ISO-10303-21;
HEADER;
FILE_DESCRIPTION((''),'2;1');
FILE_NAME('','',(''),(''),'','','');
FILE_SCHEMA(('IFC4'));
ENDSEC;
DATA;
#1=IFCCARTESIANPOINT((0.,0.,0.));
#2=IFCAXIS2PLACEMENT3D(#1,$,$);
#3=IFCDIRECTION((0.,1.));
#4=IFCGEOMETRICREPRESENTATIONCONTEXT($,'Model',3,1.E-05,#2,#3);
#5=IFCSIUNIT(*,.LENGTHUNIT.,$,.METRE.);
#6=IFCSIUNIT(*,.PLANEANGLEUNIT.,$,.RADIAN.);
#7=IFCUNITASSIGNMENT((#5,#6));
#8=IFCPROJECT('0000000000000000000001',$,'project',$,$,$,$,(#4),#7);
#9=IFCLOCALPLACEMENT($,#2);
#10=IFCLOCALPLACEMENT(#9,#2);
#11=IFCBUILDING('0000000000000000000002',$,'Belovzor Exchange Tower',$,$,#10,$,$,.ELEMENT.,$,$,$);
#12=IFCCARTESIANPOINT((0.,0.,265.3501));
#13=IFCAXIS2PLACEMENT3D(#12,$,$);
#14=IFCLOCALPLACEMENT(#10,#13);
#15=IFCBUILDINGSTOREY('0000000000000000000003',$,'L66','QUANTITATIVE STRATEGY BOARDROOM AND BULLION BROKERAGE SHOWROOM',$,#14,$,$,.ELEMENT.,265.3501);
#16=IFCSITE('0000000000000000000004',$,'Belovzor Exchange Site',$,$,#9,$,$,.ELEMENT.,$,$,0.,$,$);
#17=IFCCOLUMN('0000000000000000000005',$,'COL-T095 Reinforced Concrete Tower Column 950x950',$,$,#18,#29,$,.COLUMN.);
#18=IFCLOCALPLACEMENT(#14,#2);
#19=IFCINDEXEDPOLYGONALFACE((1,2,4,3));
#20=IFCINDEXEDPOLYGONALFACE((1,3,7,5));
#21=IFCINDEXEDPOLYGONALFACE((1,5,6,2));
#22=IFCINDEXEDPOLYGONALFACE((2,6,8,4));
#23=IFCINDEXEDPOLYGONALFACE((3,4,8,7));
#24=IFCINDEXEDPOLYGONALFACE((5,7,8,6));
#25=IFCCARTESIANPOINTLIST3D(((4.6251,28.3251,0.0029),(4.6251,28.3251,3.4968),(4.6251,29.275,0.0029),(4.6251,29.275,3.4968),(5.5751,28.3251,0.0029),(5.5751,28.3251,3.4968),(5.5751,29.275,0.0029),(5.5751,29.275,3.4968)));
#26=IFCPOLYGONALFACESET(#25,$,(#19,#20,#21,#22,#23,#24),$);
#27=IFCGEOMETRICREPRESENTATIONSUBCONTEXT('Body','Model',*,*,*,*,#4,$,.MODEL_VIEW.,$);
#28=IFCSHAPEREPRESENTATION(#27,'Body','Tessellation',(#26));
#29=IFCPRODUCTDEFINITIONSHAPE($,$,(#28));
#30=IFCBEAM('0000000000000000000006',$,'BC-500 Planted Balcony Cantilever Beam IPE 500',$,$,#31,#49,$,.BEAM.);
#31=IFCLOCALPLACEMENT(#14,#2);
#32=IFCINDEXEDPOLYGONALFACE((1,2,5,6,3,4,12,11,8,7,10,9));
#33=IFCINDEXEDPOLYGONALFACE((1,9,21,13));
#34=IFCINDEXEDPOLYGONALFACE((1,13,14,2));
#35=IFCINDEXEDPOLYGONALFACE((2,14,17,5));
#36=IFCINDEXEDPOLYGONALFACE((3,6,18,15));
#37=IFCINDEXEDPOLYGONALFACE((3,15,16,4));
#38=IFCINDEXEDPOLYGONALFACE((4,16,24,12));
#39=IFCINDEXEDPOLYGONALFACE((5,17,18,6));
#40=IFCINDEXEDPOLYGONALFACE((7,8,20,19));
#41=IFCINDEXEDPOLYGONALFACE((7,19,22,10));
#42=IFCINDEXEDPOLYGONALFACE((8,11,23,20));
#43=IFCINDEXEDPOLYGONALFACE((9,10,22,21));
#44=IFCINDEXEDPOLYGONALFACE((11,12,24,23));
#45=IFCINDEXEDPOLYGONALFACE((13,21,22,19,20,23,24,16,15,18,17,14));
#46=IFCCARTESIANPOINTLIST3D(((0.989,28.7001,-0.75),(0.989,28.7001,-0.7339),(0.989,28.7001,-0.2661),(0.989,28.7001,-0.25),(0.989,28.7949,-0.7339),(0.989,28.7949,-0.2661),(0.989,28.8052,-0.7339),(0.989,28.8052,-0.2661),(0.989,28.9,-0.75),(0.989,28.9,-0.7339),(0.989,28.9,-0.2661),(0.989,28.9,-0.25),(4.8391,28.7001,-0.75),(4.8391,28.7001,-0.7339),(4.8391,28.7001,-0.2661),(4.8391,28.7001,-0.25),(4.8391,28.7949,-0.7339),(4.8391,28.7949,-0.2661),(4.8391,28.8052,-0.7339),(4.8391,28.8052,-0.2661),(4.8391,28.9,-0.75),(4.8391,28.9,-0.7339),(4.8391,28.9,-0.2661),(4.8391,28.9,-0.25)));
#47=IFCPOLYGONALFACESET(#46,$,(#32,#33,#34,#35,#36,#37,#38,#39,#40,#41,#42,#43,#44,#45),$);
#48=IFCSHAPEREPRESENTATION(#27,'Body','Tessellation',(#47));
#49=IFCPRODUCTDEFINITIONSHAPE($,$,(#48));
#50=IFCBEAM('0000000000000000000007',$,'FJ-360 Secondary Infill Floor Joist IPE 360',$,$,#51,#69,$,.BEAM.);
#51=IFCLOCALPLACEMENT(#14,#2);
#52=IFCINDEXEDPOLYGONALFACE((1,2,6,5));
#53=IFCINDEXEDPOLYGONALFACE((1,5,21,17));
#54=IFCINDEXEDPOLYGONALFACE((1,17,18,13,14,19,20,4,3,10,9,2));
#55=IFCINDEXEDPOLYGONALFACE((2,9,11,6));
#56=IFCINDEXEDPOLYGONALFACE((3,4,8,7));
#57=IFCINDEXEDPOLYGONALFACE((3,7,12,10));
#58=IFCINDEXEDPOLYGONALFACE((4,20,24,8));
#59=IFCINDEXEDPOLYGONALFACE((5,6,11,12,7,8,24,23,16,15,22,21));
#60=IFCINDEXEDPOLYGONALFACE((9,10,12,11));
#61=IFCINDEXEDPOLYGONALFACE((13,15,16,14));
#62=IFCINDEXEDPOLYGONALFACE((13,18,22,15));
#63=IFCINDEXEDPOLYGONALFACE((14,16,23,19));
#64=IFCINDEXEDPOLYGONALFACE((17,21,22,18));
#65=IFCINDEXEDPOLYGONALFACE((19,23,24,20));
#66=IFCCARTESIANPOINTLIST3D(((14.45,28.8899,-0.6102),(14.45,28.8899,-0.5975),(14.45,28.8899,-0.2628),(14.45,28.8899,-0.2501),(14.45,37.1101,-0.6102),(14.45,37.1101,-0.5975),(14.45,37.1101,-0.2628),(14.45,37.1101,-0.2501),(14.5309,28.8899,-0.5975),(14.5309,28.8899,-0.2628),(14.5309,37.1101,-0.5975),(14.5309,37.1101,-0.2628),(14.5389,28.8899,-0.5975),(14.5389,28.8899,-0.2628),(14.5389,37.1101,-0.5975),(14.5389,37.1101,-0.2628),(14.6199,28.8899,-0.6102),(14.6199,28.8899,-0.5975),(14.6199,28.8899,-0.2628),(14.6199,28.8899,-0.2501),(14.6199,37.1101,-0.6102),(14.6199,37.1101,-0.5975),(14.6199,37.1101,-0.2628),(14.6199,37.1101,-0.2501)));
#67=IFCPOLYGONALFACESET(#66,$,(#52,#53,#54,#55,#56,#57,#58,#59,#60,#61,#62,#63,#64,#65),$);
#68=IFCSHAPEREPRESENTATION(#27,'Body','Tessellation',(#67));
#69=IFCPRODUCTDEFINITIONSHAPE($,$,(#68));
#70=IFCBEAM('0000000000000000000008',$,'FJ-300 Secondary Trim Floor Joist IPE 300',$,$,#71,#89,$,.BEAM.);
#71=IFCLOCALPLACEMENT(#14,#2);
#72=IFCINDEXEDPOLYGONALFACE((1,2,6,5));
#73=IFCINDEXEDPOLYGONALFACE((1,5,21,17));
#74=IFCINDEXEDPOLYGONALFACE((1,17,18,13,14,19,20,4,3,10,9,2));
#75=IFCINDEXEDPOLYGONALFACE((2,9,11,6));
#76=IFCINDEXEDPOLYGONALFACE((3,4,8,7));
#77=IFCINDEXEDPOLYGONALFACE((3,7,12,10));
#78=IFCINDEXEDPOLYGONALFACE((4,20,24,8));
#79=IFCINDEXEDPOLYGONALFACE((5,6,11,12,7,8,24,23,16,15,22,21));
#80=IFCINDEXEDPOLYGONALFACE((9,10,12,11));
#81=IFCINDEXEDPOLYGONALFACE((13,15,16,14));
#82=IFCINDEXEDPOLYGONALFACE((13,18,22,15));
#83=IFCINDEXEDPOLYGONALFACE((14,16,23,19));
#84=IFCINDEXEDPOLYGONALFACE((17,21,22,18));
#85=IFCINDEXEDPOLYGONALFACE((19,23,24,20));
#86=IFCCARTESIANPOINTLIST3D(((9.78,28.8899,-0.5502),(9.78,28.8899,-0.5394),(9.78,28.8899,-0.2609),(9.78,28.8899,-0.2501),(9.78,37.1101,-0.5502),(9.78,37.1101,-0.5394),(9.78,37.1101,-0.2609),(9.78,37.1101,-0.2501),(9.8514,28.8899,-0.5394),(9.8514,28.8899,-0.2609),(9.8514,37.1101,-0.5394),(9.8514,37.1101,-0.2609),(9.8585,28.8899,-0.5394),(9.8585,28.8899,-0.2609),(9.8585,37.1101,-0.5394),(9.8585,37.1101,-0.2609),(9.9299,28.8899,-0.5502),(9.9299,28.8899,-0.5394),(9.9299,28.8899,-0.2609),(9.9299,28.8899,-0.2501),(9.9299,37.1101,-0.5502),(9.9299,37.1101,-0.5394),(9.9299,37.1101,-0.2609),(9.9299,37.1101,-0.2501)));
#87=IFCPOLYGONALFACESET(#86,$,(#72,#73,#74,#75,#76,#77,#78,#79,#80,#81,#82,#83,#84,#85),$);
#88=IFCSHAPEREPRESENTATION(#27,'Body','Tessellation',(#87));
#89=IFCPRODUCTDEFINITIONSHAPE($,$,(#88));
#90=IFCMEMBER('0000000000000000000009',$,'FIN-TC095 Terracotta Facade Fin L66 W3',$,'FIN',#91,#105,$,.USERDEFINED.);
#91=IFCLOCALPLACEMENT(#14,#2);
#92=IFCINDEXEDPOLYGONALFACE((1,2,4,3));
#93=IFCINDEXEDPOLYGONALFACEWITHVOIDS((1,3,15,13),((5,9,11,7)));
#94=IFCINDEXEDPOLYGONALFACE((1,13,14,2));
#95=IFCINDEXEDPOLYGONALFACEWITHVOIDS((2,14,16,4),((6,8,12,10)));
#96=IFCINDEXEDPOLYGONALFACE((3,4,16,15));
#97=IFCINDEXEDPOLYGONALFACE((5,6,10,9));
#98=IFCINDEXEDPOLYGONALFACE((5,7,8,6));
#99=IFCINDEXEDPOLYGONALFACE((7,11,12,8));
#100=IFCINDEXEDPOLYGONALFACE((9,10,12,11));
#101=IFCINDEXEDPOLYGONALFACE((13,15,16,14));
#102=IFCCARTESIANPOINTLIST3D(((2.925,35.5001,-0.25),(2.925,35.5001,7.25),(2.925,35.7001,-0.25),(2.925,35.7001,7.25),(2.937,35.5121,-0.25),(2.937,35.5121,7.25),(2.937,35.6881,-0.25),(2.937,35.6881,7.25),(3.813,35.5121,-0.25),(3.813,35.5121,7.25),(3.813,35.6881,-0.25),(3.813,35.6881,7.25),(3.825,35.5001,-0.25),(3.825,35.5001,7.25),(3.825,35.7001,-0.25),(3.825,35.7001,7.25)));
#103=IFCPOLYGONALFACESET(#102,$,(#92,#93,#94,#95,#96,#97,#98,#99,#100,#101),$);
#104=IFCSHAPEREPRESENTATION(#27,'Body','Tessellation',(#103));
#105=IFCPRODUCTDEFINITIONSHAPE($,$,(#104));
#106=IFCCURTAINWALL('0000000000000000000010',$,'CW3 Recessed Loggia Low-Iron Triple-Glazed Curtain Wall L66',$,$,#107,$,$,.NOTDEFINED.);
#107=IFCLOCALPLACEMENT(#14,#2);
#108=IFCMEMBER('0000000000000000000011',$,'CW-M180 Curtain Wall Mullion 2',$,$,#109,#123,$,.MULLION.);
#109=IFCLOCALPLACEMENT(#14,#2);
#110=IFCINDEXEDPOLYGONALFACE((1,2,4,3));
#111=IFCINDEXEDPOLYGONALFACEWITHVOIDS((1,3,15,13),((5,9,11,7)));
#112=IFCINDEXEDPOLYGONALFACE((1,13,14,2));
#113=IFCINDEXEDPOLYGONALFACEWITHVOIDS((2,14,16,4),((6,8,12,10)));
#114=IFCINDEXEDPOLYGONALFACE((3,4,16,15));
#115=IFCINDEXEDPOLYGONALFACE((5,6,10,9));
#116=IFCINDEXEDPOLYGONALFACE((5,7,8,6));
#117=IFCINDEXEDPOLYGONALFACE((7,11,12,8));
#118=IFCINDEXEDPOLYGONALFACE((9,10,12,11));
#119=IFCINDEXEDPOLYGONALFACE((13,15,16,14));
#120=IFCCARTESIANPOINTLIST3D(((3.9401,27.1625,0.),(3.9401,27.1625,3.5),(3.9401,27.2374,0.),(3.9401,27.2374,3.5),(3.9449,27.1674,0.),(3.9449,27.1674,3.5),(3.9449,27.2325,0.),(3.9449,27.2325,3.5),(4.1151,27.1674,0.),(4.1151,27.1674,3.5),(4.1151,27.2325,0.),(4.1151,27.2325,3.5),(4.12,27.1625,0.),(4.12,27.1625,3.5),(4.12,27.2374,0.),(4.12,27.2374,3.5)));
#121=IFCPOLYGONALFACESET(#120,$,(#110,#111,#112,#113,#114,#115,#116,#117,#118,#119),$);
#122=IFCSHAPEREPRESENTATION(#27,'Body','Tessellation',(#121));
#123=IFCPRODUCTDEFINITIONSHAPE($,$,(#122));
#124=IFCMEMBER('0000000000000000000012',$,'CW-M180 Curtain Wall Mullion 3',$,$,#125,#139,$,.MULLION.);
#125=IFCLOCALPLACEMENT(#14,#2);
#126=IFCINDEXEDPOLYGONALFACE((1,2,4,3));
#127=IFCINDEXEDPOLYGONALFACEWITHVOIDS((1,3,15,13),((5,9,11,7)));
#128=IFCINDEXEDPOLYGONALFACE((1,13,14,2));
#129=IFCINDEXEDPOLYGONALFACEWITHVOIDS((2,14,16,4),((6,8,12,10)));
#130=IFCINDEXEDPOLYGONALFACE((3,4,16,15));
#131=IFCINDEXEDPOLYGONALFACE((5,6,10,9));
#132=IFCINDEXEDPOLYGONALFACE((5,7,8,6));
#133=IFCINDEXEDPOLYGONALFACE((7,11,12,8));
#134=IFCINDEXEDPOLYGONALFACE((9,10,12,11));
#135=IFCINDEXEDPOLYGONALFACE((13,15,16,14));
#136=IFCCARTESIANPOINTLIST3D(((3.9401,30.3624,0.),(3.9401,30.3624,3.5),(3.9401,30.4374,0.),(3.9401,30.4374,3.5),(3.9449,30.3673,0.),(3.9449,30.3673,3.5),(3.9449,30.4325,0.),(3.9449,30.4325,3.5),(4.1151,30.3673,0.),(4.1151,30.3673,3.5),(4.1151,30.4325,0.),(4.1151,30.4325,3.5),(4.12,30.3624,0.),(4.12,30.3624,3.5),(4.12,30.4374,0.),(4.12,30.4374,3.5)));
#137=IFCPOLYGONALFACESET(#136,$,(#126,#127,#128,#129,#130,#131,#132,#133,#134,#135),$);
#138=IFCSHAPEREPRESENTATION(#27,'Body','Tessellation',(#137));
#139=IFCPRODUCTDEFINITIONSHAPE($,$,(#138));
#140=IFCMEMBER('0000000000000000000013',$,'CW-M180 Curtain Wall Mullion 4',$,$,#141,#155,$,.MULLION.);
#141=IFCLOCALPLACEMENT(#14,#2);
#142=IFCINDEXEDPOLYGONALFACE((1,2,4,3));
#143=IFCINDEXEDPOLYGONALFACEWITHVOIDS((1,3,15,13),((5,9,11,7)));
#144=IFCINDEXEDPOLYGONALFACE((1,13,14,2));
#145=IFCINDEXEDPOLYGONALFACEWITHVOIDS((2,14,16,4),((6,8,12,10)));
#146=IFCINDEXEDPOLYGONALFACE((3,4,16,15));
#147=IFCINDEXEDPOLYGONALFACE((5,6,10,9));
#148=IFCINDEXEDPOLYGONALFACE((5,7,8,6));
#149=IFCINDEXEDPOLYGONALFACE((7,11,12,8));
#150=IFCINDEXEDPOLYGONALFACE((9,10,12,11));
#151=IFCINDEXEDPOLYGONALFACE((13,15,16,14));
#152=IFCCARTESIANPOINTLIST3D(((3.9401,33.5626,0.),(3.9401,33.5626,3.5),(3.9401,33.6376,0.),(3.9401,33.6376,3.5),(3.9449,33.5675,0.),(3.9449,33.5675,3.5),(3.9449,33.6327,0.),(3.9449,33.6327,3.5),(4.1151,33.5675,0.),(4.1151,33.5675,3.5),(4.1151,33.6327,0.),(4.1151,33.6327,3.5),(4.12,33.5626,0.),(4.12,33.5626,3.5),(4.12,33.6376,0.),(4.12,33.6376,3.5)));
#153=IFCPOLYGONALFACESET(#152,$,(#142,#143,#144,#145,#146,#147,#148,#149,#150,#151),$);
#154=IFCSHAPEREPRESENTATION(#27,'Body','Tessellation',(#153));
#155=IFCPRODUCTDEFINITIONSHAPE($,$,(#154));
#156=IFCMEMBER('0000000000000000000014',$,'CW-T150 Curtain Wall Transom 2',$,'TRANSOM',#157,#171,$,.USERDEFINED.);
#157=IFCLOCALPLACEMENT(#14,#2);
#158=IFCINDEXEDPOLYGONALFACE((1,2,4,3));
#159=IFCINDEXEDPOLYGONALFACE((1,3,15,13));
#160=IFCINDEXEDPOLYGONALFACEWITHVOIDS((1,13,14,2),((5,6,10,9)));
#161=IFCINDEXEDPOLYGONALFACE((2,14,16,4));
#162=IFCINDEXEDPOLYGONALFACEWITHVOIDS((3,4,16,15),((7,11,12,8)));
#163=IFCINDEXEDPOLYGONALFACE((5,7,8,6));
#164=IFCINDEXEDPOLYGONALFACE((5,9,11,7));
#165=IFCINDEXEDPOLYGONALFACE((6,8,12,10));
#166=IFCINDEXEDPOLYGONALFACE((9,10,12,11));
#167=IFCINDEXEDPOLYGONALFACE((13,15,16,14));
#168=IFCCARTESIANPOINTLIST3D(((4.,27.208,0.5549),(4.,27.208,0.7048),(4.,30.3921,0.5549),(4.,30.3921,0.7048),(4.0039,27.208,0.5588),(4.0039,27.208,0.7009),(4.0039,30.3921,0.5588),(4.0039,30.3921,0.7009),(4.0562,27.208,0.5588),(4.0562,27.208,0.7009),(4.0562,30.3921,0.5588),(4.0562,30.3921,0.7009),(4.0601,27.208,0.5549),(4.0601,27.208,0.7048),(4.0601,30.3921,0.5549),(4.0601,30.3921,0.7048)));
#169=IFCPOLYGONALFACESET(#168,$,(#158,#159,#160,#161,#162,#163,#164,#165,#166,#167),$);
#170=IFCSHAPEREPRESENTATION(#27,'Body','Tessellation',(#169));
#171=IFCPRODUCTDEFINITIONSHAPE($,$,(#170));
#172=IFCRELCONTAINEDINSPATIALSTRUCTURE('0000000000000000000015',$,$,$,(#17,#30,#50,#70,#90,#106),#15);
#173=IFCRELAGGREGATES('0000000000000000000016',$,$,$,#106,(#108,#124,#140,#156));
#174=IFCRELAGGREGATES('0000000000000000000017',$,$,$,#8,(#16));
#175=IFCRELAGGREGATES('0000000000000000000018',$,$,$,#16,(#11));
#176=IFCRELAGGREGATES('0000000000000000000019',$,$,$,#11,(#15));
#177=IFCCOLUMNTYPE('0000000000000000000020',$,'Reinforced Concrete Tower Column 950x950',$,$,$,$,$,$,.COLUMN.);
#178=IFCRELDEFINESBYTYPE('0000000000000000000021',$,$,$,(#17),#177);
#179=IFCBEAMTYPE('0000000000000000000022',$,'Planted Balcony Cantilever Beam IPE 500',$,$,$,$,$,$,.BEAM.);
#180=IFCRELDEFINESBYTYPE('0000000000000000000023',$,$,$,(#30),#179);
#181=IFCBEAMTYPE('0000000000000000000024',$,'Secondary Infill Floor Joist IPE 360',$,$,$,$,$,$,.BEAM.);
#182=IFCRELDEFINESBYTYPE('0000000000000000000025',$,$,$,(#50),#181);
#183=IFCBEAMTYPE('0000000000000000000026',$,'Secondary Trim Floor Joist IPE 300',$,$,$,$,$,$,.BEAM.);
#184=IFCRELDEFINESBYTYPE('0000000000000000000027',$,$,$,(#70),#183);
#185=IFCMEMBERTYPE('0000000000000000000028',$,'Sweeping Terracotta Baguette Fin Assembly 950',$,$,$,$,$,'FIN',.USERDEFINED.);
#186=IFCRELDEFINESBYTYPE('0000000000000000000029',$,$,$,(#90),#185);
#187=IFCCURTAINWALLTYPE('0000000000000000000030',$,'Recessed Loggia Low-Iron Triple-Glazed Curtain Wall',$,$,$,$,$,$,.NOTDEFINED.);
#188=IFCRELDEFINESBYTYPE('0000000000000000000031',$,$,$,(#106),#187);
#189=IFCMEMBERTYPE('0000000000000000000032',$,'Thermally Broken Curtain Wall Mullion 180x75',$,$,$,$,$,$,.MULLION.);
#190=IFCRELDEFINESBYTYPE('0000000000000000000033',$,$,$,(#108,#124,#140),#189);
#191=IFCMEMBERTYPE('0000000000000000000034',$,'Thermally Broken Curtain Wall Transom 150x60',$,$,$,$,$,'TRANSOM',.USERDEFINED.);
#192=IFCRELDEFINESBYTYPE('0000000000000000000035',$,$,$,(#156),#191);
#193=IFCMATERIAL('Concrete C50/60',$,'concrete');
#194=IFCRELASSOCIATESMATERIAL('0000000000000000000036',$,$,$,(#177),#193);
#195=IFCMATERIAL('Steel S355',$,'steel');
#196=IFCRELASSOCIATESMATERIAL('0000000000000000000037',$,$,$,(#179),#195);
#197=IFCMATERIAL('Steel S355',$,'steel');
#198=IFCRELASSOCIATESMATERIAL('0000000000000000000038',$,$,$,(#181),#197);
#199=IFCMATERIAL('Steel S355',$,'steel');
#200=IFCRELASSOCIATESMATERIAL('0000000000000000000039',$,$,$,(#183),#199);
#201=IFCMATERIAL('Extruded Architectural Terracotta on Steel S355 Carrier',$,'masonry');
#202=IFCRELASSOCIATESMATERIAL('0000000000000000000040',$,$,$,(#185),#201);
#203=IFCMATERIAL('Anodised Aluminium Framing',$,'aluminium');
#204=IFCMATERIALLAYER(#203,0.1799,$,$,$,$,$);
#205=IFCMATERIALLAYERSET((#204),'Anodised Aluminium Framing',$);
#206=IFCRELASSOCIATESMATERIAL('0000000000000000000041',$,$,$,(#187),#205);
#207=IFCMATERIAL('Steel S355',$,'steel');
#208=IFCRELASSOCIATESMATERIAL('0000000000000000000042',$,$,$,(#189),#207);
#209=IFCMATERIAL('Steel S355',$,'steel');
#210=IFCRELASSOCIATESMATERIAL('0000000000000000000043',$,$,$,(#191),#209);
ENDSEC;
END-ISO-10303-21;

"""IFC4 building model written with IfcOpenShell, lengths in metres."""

from ifc_helpers import new_model, si_unit, direction, frame, origin, origin_2d, place, context, subcontext, project, spatial, rectangle, hollow_rectangle, i_section, extrude, material, layer, layer_set, material_profile, profile_set, type_object, element, aggregate, save


model = new_model("IFC4")

# Units and contexts
model_context = context("Model", 3, precision=1e-05, world=origin(), true_north=direction((0.0, 1.0)))
body_context = subcontext(model_context, "Body", "Model", "MODEL_VIEW")
ifc_project = project(units=[si_unit("LENGTHUNIT", "METRE"), si_unit("PLANEANGLEUNIT", "RADIAN")], contexts=[model_context])

# Site, building, storey
site_placement = place(None, origin())
site = spatial("IfcSite", under=ifc_project, at=site_placement, Name="Belovzor Exchange Site", CompositionType="ELEMENT", RefElevation=0.0)
building_placement = place(site_placement, origin())
building = spatial("IfcBuilding", under=site, at=building_placement, Name="Belovzor Exchange Tower", CompositionType="ELEMENT")
storey_placement = place(building_placement, frame((0.0, 0.0, 265.3501)))
storey = spatial("IfcBuildingStorey", under=building, at=storey_placement, Name="L66", Description="QUANTITATIVE STRATEGY BOARDROOM AND BULLION BROKERAGE SHOWROOM", CompositionType="ELEMENT", Elevation=265.3501)

# Column
ifc_material_1 = material(Name="Concrete C50/60", Category="concrete")
ifc_material_profile_1 = material_profile(ifc_material_1, rectangle(XDim=0.95, YDim=0.95, at=origin_2d()))
ifc_profile_set_1 = profile_set([ifc_material_profile_1], Name="Concrete C50/60")
column_type = type_object("IfcColumnType", Name="Reinforced Concrete Tower Column 950x950", PredefinedType="COLUMN", material=ifc_profile_set_1)
column_placement = place(storey_placement, frame((5.1001, 28.8, 0.0029), z_axis=(0.0, 0.0, 1.0), x_axis=(1.0, 0.0, 0.0)))
element("IfcColumn", 1, at=column_placement, inside=storey, type_object=column_type, Name="COL-T095 Reinforced Concrete Tower Column 950x950", PredefinedType="COLUMN", context=body_context, shape_type="SweptSolid", body=[
    extrude(rectangle(XDim=0.95, YDim=0.95, at=origin_2d()), origin(), (0.0, 0.0, 1.0), 3.4939),
])

# Beams
ifc_material_2 = material(Name="Steel S355", Category="steel")
ifc_material_profile_2 = material_profile(ifc_material_2, i_section(OverallWidth=0.2, OverallDepth=0.5, WebThickness=0.0103, FlangeThickness=0.0161, at=origin_2d()))
ifc_profile_set_2 = profile_set([ifc_material_profile_2], Name="Steel S355")
beam_type_1 = type_object("IfcBeamType", Name="Planted Balcony Cantilever Beam IPE 500", PredefinedType="BEAM", material=ifc_profile_set_2)
beam_1_placement = place(storey_placement, frame((4.8391, 28.8, -0.5), z_axis=(-1.0, 0.0, 0.0), x_axis=(0.0, -1.0, 0.0)))
element("IfcBeam", 2, at=beam_1_placement, inside=storey, type_object=beam_type_1, Name="BC-500 Planted Balcony Cantilever Beam IPE 500", PredefinedType="BEAM", context=body_context, shape_type="SweptSolid", body=[
    extrude(i_section(OverallWidth=0.2, OverallDepth=0.5, WebThickness=0.0103, FlangeThickness=0.0161, at=origin_2d()), origin(), (0.0, 0.0, 1.0), 3.8501),
])
ifc_material_3 = material(Name="Steel S355", Category="steel")
ifc_material_profile_3 = material_profile(ifc_material_3, i_section(OverallWidth=0.1699, OverallDepth=0.3601, WebThickness=0.0081, FlangeThickness=0.0127, at=origin_2d()))
ifc_profile_set_3 = profile_set([ifc_material_profile_3], Name="Steel S355")
beam_type_2 = type_object("IfcBeamType", Name="Secondary Infill Floor Joist IPE 360", PredefinedType="BEAM", material=ifc_profile_set_3)
beam_2_placement = place(storey_placement, frame((14.5349, 28.8899, -0.4302), z_axis=(0.0, 1.0, 0.0), x_axis=(-1.0, 0.0, 0.0)))
element("IfcBeam", 3, at=beam_2_placement, inside=storey, type_object=beam_type_2, Name="FJ-360 Secondary Infill Floor Joist IPE 360", PredefinedType="BEAM", context=body_context, shape_type="SweptSolid", body=[
    extrude(i_section(OverallWidth=0.1699, OverallDepth=0.3601, WebThickness=0.0081, FlangeThickness=0.0127, at=origin_2d()), origin(), (0.0, 0.0, 1.0), 8.2202),
])
ifc_material_4 = material(Name="Steel S355", Category="steel")
ifc_material_profile_4 = material_profile(ifc_material_4, i_section(OverallWidth=0.1499, OverallDepth=0.3, WebThickness=0.0071, FlangeThickness=0.0107, at=origin_2d()))
ifc_profile_set_4 = profile_set([ifc_material_profile_4], Name="Steel S355")
beam_type_3 = type_object("IfcBeamType", Name="Secondary Trim Floor Joist IPE 300", PredefinedType="BEAM", material=ifc_profile_set_4)
beam_3_placement = place(storey_placement, frame((9.855, 28.8899, -0.4001), z_axis=(0.0, 1.0, 0.0), x_axis=(-1.0, 0.0, 0.0)))
element("IfcBeam", 4, at=beam_3_placement, inside=storey, type_object=beam_type_3, Name="FJ-300 Secondary Trim Floor Joist IPE 300", PredefinedType="BEAM", context=body_context, shape_type="SweptSolid", body=[
    extrude(i_section(OverallWidth=0.1499, OverallDepth=0.3, WebThickness=0.0071, FlangeThickness=0.0107, at=origin_2d()), origin(), (0.0, 0.0, 1.0), 8.2202),
])

# Member
ifc_material_5 = material(Name="Extruded Architectural Terracotta on Steel S355 Carrier", Category="masonry")
ifc_material_profile_5 = material_profile(ifc_material_5, hollow_rectangle(XDim=0.2, YDim=0.8999, WallThickness=0.012, at=origin_2d()))
ifc_profile_set_5 = profile_set([ifc_material_profile_5], Name="Extruded Architectural Terracotta on Steel S355 Carrier")
member_type_1 = type_object("IfcMemberType", Name="Sweeping Terracotta Baguette Fin Assembly 950", ElementType="FIN", PredefinedType="USERDEFINED", material=ifc_profile_set_5)
member_1_placement = place(storey_placement, frame((3.375, 35.6001, -0.25), z_axis=(0.0, 0.0, 1.0), x_axis=(0.0, 1.0, 0.0)))
element("IfcMember", 5, at=member_1_placement, inside=storey, type_object=member_type_1, Name="FIN-TC095 Terracotta Facade Fin L66 W3", ObjectType="FIN", PredefinedType="USERDEFINED", context=body_context, shape_type="SweptSolid", body=[
    extrude(hollow_rectangle(XDim=0.2, YDim=0.8999, WallThickness=0.012, at=origin_2d()), origin(), (0.0, 0.0, 1.0), 7.5),
])

# Curtain wall, members
ifc_material_6 = material(Name="Anodised Aluminium Framing", Category="aluminium")
ifc_layer_1 = layer(ifc_material_6, 0.1799)
ifc_layer_set_1 = layer_set([ifc_layer_1], Name="Anodised Aluminium Framing")
curtain_wall_type = type_object("IfcCurtainWallType", Name="Recessed Loggia Low-Iron Triple-Glazed Curtain Wall", PredefinedType="NOTDEFINED", material=ifc_layer_set_1)
curtain_wall_placement = place(storey_placement, origin())
curtain_wall = element("IfcCurtainWall", 6, at=curtain_wall_placement, inside=storey, type_object=curtain_wall_type, Name="CW3 Recessed Loggia Low-Iron Triple-Glazed Curtain Wall L66", PredefinedType="NOTDEFINED")
ifc_material_7 = material(Name="Steel S355", Category="steel")
ifc_material_profile_6 = material_profile(ifc_material_7, hollow_rectangle(XDim=0.075, YDim=0.1799, WallThickness=0.0049, at=origin_2d()))
ifc_profile_set_6 = profile_set([ifc_material_profile_6], Name="Steel S355")
member_type_2 = type_object("IfcMemberType", Name="Thermally Broken Curtain Wall Mullion 180x75", PredefinedType="MULLION", material=ifc_profile_set_6)
member_2_placement = place(storey_placement, frame((4.03, 27.2, 0.0), z_axis=(0.0, 0.0, 1.0), x_axis=(0.0, 1.0, 0.0)))
member_2 = element("IfcMember", 7, at=member_2_placement, type_object=member_type_2, Name="CW-M180 Curtain Wall Mullion 2", PredefinedType="MULLION", context=body_context, shape_type="SweptSolid", body=[
    extrude(hollow_rectangle(XDim=0.075, YDim=0.1799, WallThickness=0.0049, at=origin_2d()), origin(), (0.0, 0.0, 1.0), 3.5),
])
member_3_placement = place(storey_placement, frame((4.03, 30.3999, 0.0), z_axis=(0.0, 0.0, 1.0), x_axis=(0.0, 1.0, 0.0)))
member_3 = element("IfcMember", 8, at=member_3_placement, type_object=member_type_2, Name="CW-M180 Curtain Wall Mullion 3", PredefinedType="MULLION", context=body_context, shape_type="SweptSolid", body=[
    extrude(hollow_rectangle(XDim=0.075, YDim=0.1799, WallThickness=0.0049, at=origin_2d()), origin(), (0.0, 0.0, 1.0), 3.5),
])
member_4_placement = place(storey_placement, frame((4.03, 33.6001, 0.0), z_axis=(0.0, 0.0, 1.0), x_axis=(0.0, 1.0, 0.0)))
member_4 = element("IfcMember", 9, at=member_4_placement, type_object=member_type_2, Name="CW-M180 Curtain Wall Mullion 4", PredefinedType="MULLION", context=body_context, shape_type="SweptSolid", body=[
    extrude(hollow_rectangle(XDim=0.075, YDim=0.1799, WallThickness=0.0049, at=origin_2d()), origin(), (0.0, 0.0, 1.0), 3.5),
])
ifc_material_8 = material(Name="Steel S355", Category="steel")
ifc_material_profile_7 = material_profile(ifc_material_8, hollow_rectangle(XDim=0.0601, YDim=0.1499, WallThickness=0.0039, at=origin_2d()))
ifc_profile_set_7 = profile_set([ifc_material_profile_7], Name="Steel S355")
member_type_3 = type_object("IfcMemberType", Name="Thermally Broken Curtain Wall Transom 150x60", ElementType="TRANSOM", PredefinedType="USERDEFINED", material=ifc_profile_set_7)
member_5_placement = place(storey_placement, frame((4.03, 27.208, 0.6299), z_axis=(0.0, 1.0, 0.0), x_axis=(-1.0, 0.0, 0.0)))
member_5 = element("IfcMember", 10, at=member_5_placement, type_object=member_type_3, Name="CW-T150 Curtain Wall Transom 2", ObjectType="TRANSOM", PredefinedType="USERDEFINED", context=body_context, shape_type="SweptSolid", body=[
    extrude(hollow_rectangle(XDim=0.0601, YDim=0.1499, WallThickness=0.0039, at=origin_2d()), origin(), (0.0, 0.0, 1.0), 3.1841),
])

aggregate(curtain_wall, [member_2, member_3, member_4, member_5])

save(model, "model.ifc")
